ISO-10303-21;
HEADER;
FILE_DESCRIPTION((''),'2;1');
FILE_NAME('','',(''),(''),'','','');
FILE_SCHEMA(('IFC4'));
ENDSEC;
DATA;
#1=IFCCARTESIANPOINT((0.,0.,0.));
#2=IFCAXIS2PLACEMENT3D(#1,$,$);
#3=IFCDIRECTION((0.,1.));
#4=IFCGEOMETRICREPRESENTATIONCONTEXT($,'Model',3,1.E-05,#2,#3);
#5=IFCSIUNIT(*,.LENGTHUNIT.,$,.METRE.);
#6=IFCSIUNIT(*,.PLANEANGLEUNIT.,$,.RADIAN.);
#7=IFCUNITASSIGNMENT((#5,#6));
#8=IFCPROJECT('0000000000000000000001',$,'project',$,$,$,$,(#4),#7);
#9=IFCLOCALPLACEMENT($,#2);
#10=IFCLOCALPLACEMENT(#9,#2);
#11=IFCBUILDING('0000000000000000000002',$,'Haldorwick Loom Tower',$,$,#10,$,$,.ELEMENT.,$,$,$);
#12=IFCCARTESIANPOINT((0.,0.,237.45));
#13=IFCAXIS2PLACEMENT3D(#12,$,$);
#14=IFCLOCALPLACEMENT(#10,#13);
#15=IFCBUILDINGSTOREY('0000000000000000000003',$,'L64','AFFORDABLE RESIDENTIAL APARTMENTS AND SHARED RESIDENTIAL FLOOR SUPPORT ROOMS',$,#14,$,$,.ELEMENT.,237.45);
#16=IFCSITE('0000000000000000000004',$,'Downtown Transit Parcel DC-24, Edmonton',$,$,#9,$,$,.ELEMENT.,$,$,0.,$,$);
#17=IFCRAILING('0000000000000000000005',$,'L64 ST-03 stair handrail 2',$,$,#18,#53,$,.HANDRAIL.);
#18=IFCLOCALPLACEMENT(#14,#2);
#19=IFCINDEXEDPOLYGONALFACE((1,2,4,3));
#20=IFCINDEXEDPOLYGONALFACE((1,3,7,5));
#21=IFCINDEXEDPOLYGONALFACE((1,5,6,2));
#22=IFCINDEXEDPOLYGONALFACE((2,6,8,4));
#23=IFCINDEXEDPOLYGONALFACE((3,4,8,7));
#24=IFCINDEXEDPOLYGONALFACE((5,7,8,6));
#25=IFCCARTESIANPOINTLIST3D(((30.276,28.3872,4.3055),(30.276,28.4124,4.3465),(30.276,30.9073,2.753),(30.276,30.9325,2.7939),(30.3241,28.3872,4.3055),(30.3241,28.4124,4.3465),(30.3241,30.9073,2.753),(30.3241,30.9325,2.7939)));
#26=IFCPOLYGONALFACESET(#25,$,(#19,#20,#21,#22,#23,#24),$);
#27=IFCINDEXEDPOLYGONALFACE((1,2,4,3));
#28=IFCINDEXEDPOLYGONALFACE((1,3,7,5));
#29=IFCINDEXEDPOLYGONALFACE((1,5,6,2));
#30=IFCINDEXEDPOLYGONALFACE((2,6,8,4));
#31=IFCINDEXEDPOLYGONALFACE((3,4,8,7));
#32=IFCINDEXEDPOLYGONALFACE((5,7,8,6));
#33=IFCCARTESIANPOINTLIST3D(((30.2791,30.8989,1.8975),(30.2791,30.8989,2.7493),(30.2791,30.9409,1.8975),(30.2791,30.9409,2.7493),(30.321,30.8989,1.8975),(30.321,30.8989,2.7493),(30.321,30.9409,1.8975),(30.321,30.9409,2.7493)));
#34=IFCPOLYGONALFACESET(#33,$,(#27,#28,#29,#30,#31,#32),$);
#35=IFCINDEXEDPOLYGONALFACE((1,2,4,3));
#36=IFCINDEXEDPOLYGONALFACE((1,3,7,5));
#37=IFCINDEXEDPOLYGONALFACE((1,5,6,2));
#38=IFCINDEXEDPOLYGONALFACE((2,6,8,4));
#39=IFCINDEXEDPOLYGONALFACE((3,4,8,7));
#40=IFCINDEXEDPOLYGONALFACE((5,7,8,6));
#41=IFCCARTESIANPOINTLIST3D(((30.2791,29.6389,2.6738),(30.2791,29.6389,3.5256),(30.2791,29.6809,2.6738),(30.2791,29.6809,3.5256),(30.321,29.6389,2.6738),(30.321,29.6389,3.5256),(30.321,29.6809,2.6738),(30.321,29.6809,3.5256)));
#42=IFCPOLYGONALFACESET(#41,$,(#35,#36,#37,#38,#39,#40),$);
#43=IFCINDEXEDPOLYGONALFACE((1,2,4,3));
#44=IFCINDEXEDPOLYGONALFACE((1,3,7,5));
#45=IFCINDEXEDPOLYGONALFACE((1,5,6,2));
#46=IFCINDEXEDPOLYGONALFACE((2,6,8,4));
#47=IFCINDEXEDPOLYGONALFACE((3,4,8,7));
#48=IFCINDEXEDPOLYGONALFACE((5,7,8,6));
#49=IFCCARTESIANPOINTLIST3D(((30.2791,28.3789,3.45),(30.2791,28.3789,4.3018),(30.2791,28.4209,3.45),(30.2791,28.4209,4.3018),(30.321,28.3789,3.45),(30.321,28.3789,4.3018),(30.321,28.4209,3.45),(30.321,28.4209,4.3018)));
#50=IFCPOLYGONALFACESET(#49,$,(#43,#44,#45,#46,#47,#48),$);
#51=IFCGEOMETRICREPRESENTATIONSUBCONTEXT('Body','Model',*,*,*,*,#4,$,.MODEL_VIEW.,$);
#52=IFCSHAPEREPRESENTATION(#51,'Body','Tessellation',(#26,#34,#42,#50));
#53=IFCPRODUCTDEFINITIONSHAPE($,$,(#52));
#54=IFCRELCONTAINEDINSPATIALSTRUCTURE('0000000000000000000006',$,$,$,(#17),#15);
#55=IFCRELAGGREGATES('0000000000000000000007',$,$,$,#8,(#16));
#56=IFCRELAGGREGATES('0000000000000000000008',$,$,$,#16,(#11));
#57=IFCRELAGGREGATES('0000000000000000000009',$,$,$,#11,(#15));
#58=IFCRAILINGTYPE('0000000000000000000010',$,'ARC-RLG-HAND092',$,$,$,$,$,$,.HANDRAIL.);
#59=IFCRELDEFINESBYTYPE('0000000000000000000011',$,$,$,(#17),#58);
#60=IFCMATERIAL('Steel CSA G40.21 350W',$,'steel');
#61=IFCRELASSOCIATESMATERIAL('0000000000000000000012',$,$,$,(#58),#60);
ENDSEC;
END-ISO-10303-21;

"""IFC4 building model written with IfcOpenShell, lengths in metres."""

from ifc_helpers import new_model, si_unit, direction, frame, origin, origin_2d, place, context, subcontext, project, spatial, rectangle, extrude, material, type_object, element, save


model = new_model("IFC4")

# Units and contexts
model_context = context("Model", 3, precision=1e-05, world=origin(), true_north=direction((0.0, 1.0)))
body_context = subcontext(model_context, "Body", "Model", "MODEL_VIEW")
ifc_project = project(units=[si_unit("LENGTHUNIT", "METRE"), si_unit("PLANEANGLEUNIT", "RADIAN")], contexts=[model_context])

# Site, building, storey
site_placement = place(None, origin())
site = spatial("IfcSite", under=ifc_project, at=site_placement, Name="Downtown Transit Parcel DC-24, Edmonton", CompositionType="ELEMENT", RefElevation=0.0)
building_placement = place(site_placement, origin())
building = spatial("IfcBuilding", under=site, at=building_placement, Name="Haldorwick Loom Tower", CompositionType="ELEMENT")
storey_placement = place(building_placement, frame((0.0, 0.0, 237.45)))
storey = spatial("IfcBuildingStorey", under=building, at=storey_placement, Name="L64", Description="AFFORDABLE RESIDENTIAL APARTMENTS AND SHARED RESIDENTIAL FLOOR SUPPORT ROOMS", CompositionType="ELEMENT", Elevation=237.45)

# Shared definitions
ifc_material_1 = material(Name="Steel CSA G40.21 350W", Category="steel")

# Railing
railing_type_1 = type_object("IfcRailingType", Name="ARC-RLG-HAND092", PredefinedType="HANDRAIL", material=ifc_material_1)
railing_1_placement = place(storey_placement, frame((30.3, 30.9199, 1.8975)))
element("IfcRailing", 1, at=railing_1_placement, inside=storey, type_object=railing_type_1, Name="L64 ST-03 stair handrail 2", PredefinedType="HANDRAIL", context=body_context, shape_type="SweptSolid", body=[
    extrude(rectangle(XDim=0.0481, YDim=0.0481, at=origin_2d()), frame((0.0, 0.0, 0.876), z_axis=(0.0, -0.8514, 0.524516), x_axis=(1.0, 0.0, 0.0)), (0.0, 0.0, 1.0), 2.96),
    extrude(rectangle(XDim=0.042, YDim=0.042, at=origin_2d()), origin(), (0.0, 0.0, 1.0), 0.8518),
    extrude(rectangle(XDim=0.042, YDim=0.042, at=origin_2d()), frame((0.0, -1.26, 0.7764)), (0.0, 0.0, 1.0), 0.8518),
    extrude(rectangle(XDim=0.042, YDim=0.042, at=origin_2d()), frame((0.0, -2.52, 1.5525)), (0.0, 0.0, 1.0), 0.8518),
])

save(model, "model.ifc")
